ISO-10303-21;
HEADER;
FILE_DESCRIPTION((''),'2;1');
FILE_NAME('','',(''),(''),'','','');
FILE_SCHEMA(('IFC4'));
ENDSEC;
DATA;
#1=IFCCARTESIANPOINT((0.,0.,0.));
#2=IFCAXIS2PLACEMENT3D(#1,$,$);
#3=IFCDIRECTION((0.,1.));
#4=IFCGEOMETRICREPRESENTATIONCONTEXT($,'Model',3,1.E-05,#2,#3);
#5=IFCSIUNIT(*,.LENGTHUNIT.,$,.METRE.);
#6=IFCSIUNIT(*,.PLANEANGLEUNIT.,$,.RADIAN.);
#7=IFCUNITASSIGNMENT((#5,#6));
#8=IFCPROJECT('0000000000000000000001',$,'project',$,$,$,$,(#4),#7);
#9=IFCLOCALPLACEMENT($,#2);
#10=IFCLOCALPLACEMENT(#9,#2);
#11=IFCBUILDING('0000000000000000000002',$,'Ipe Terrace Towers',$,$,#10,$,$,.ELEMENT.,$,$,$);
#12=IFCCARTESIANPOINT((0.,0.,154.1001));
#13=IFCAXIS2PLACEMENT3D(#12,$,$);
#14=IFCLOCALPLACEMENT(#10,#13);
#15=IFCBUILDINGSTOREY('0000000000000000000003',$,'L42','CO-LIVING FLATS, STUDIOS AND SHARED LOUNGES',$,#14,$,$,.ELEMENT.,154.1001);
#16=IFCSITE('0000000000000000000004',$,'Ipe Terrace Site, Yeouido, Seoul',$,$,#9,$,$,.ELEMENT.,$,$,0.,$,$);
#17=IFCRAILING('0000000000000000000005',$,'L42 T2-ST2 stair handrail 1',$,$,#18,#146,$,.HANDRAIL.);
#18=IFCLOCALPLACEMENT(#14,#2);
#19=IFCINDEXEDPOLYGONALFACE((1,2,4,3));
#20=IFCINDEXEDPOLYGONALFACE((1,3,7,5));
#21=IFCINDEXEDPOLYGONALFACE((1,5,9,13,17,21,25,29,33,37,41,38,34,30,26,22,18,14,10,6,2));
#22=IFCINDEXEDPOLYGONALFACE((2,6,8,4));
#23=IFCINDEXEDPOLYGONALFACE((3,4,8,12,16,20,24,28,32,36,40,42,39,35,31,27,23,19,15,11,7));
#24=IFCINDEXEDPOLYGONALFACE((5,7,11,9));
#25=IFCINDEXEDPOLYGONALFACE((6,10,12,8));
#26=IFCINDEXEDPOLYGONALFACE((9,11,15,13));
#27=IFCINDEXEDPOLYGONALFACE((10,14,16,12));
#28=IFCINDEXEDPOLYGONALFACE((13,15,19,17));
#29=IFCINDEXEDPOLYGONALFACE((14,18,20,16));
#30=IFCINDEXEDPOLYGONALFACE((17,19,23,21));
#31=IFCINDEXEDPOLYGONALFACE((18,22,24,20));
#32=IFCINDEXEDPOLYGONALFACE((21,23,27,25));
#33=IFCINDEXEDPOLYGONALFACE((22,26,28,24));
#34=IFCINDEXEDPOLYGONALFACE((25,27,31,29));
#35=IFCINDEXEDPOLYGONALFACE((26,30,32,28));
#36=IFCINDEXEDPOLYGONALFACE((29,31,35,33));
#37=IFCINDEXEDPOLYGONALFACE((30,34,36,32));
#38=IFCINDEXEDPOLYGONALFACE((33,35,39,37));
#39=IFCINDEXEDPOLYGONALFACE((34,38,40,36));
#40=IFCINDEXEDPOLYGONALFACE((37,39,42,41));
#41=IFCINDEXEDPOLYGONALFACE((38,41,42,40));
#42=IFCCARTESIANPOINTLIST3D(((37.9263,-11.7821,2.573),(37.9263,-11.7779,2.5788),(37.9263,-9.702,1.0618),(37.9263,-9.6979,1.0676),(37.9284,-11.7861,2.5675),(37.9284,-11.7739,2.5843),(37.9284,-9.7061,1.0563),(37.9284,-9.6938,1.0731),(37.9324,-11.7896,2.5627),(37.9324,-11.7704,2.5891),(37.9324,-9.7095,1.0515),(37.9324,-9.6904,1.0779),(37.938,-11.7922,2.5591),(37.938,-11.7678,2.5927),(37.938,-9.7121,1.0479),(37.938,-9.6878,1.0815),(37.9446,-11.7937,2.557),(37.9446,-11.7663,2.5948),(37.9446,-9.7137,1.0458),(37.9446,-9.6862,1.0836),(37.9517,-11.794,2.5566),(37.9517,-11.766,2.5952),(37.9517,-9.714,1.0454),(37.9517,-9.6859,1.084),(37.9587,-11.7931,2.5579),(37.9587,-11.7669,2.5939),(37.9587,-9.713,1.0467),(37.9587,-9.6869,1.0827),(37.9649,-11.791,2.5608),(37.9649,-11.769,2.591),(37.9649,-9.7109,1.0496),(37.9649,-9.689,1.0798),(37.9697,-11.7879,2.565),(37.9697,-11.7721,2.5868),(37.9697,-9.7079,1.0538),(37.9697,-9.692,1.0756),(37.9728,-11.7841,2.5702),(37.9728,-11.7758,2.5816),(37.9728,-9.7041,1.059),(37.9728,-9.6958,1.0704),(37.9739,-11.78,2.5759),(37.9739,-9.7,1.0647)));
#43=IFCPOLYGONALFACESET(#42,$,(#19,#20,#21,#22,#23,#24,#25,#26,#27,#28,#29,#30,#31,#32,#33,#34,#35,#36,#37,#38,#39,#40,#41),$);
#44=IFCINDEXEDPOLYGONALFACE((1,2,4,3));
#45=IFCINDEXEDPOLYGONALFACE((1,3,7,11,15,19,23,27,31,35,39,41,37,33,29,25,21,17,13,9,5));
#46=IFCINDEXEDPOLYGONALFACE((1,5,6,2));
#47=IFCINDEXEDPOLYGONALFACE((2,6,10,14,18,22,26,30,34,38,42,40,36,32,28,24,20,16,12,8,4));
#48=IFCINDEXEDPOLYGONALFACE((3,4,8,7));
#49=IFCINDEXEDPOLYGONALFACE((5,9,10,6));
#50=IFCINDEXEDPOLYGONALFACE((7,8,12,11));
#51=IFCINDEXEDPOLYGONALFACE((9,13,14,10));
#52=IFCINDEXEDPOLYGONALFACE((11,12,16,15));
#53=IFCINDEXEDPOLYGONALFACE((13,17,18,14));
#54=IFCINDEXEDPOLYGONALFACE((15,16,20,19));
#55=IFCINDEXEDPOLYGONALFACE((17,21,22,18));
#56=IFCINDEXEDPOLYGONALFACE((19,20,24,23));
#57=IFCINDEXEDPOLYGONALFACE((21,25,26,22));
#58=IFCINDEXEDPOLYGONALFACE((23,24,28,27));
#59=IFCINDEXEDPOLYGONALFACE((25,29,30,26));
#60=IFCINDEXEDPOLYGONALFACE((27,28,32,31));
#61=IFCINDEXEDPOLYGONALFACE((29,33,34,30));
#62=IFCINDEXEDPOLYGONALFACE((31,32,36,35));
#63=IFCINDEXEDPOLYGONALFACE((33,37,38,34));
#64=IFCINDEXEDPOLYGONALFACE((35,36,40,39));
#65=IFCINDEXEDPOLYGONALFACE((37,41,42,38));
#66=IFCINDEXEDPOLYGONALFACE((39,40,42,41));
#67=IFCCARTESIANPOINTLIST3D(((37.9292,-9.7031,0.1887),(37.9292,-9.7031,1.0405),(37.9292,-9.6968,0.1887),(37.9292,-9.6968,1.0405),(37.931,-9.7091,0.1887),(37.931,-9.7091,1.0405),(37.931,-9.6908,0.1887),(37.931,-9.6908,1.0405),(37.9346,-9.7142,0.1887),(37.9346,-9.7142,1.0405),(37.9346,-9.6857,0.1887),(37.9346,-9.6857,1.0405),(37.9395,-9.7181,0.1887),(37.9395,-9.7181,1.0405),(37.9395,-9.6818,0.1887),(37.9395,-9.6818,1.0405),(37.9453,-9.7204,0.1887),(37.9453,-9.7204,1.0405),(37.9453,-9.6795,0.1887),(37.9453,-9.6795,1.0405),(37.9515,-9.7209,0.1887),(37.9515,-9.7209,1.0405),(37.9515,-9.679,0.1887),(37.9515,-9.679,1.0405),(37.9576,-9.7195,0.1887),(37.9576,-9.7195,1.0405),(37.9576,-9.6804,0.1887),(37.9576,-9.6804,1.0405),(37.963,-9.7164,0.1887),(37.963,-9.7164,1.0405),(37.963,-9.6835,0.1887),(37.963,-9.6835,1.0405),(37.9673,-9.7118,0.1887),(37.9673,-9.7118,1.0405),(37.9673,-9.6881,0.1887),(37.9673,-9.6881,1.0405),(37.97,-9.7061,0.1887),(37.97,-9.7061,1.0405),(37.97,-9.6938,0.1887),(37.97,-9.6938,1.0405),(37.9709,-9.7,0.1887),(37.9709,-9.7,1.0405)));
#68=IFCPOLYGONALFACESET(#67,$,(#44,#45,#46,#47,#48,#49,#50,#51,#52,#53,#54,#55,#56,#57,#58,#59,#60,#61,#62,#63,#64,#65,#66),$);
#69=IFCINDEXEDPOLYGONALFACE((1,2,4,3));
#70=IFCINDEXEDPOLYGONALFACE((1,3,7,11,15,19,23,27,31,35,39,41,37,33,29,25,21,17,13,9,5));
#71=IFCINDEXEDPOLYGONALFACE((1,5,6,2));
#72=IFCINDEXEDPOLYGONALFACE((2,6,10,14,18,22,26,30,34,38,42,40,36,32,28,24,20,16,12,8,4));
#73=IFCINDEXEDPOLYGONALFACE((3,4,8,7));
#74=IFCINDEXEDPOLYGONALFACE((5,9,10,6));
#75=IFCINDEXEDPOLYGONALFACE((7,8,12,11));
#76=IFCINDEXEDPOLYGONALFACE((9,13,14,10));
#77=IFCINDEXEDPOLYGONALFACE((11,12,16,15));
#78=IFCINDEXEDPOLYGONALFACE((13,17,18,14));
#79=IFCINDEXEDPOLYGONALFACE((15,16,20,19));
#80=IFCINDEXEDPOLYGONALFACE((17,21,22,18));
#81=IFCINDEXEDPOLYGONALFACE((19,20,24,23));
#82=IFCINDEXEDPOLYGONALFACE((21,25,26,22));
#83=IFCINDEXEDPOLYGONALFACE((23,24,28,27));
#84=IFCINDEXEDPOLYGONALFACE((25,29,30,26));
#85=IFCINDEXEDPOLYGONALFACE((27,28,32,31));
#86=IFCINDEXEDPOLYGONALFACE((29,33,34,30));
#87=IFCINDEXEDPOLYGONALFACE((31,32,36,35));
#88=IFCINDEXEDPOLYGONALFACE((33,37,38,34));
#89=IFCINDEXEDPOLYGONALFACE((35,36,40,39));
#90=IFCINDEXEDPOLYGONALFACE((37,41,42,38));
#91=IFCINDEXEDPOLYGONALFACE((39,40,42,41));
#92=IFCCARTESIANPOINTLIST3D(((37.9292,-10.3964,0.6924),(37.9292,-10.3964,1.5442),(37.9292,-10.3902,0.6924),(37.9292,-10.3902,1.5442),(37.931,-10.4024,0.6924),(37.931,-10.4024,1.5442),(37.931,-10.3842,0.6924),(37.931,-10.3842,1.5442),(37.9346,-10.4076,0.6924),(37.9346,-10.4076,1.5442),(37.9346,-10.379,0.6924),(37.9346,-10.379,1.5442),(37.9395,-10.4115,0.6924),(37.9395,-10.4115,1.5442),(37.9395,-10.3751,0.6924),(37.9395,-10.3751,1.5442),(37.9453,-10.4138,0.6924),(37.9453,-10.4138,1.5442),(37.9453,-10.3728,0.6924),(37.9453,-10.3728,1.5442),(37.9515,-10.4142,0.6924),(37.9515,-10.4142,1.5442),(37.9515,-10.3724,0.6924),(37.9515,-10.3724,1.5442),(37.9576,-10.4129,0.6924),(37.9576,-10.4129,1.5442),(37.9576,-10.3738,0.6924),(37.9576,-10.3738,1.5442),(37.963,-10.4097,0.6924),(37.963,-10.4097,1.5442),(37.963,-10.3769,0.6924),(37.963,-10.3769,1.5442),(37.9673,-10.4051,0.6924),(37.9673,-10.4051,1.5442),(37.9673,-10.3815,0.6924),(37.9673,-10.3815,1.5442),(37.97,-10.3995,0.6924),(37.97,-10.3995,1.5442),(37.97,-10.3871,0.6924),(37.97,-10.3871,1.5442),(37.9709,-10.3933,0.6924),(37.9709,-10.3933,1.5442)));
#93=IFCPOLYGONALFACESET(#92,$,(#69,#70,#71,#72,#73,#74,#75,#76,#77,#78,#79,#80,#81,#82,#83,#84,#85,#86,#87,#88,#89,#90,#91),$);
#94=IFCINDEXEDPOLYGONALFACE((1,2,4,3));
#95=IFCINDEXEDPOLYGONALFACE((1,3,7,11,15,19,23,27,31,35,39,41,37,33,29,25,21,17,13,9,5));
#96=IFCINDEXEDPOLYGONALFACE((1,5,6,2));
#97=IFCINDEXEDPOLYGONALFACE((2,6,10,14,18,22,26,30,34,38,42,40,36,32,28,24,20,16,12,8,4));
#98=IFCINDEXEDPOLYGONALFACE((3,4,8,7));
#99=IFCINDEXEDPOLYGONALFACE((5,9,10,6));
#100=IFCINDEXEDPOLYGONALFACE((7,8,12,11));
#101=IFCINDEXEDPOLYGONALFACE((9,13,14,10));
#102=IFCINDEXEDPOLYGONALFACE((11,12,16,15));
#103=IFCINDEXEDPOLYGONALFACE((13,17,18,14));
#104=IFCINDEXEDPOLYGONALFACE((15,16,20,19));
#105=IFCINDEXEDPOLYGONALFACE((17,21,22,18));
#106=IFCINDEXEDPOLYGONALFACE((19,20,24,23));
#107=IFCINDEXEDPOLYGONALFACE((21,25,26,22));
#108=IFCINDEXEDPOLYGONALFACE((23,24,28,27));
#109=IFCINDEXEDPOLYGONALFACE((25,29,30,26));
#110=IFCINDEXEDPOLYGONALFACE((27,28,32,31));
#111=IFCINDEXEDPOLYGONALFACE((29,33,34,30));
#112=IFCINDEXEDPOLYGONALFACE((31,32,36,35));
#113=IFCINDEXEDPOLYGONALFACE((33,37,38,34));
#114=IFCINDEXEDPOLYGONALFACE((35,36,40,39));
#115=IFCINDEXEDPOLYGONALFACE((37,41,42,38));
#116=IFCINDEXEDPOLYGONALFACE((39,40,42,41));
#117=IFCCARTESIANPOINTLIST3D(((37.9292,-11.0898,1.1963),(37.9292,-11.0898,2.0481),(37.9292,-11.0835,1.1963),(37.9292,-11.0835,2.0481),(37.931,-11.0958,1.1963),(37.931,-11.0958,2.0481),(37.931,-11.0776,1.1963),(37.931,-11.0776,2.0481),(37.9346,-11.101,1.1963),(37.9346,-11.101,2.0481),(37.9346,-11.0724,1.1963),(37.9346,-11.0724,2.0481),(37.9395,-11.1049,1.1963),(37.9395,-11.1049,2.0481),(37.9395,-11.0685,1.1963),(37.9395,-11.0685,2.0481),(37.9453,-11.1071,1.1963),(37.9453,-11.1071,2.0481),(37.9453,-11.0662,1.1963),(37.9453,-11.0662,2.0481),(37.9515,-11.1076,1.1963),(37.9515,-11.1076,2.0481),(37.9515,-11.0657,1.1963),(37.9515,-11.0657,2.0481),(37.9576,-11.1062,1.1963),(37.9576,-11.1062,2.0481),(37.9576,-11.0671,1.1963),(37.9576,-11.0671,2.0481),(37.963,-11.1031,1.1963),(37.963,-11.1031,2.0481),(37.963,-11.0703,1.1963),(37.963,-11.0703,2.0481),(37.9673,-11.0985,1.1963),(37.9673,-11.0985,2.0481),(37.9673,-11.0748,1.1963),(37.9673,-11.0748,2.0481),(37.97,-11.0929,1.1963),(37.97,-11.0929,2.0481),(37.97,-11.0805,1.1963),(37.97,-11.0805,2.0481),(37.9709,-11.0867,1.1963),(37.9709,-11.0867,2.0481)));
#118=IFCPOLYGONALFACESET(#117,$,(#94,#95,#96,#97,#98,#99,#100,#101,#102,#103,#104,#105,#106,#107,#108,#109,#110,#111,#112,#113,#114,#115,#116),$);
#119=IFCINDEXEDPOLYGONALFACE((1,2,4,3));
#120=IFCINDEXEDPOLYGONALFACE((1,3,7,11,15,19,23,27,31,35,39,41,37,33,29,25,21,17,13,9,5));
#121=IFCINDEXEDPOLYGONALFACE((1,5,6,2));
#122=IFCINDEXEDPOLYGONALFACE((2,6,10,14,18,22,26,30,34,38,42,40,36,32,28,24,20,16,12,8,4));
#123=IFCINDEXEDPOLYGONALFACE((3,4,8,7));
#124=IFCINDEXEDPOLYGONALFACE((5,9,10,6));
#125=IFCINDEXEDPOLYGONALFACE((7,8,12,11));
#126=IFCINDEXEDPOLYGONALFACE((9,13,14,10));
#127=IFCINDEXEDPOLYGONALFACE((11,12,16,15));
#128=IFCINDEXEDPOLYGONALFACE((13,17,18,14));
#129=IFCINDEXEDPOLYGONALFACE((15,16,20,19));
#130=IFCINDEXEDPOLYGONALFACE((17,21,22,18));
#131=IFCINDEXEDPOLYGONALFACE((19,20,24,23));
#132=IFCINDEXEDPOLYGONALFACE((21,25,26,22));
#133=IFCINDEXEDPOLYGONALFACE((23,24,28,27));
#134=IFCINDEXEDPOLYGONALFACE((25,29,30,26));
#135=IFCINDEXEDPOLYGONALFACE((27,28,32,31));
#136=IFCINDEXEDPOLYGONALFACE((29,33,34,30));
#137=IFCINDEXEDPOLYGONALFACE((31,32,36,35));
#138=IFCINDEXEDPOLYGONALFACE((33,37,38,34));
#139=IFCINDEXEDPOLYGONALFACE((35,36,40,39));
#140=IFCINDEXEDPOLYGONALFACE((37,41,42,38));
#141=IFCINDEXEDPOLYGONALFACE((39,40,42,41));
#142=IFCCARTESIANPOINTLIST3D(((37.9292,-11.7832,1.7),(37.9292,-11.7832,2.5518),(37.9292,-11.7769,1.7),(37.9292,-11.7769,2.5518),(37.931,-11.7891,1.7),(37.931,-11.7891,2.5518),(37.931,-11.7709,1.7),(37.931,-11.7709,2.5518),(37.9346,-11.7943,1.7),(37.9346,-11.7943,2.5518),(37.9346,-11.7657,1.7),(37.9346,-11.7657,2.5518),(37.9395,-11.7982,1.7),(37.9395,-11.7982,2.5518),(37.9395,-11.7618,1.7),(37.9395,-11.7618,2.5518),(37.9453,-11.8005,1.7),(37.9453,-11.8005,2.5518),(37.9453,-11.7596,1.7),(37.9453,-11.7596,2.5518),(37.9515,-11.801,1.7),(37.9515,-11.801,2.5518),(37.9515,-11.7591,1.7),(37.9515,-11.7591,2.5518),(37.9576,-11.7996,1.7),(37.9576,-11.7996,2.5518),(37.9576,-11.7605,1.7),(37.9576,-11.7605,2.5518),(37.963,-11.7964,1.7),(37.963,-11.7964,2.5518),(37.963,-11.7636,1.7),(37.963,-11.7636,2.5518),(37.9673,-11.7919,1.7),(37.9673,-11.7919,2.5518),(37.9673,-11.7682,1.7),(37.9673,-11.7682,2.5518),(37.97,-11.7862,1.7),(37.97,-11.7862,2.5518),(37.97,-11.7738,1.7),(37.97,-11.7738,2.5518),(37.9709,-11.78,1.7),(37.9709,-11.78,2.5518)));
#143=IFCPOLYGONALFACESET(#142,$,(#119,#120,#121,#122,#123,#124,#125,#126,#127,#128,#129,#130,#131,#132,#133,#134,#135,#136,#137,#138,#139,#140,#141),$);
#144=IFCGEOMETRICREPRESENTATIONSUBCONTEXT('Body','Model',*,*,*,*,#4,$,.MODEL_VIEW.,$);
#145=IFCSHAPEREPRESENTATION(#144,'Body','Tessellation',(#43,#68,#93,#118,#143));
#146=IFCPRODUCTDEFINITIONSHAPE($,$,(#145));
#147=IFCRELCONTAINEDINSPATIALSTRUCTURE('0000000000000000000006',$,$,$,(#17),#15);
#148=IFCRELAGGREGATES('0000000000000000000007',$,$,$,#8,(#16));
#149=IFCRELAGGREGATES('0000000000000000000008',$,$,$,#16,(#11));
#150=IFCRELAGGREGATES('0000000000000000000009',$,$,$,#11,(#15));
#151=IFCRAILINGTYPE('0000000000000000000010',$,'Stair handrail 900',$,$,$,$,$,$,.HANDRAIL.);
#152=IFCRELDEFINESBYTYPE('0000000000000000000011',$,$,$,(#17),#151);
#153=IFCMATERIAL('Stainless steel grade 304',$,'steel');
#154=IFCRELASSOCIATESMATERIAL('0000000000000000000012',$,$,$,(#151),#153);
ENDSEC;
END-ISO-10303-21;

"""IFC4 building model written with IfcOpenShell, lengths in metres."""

from ifc_helpers import new_model, si_unit, direction, frame, origin, origin_2d, place, context, subcontext, project, spatial, circle, extrude, material, type_object, element, save


model = new_model("IFC4")

# Units and contexts
model_context = context("Model", 3, precision=1e-05, world=origin(), true_north=direction((0.0, 1.0)))
body_context = subcontext(model_context, "Body", "Model", "MODEL_VIEW")
ifc_project = project(units=[si_unit("LENGTHUNIT", "METRE"), si_unit("PLANEANGLEUNIT", "RADIAN")], contexts=[model_context])

# Site, building, storey
site_placement = place(None, origin())
site = spatial("IfcSite", under=ifc_project, at=site_placement, Name="Ipe Terrace Site, Yeouido, Seoul", CompositionType="ELEMENT", RefElevation=0.0)
building_placement = place(site_placement, origin())
building = spatial("IfcBuilding", under=site, at=building_placement, Name="Ipe Terrace Towers", CompositionType="ELEMENT")
storey_placement = place(building_placement, frame((0.0, 0.0, 154.1001)))
storey = spatial("IfcBuildingStorey", under=building, at=storey_placement, Name="L42", Description="CO-LIVING FLATS, STUDIOS AND SHARED LOUNGES", CompositionType="ELEMENT", Elevation=154.1001)

# Railing
ifc_material_1 = material(Name="Stainless steel grade 304", Category="steel")
railing_type_1 = type_object("IfcRailingType", Name="Stair handrail 900", PredefinedType="HANDRAIL", material=ifc_material_1)
railing_1_placement = place(storey_placement, frame((37.95, -9.7, 0.1887)))
element("IfcRailing", 1, at=railing_1_placement, inside=storey, type_object=railing_type_1, Name="L42 T2-ST2 stair handrail 1", PredefinedType="HANDRAIL", context=body_context, shape_type="SweptSolid", body=[
    extrude(circle(Radius=0.0239, at=origin_2d()), frame((0.0, 0.0, 0.876), z_axis=(0.0, -0.809023, 0.587776), x_axis=(1.0, 0.0, 0.0)), (0.0, 0.0, 1.0), 2.571),
    extrude(circle(Radius=0.021, at=origin_2d()), origin(), (0.0, 0.0, 1.0), 0.8518),
    extrude(circle(Radius=0.021, at=origin_2d()), frame((0.0, -0.6934, 0.5037)), (0.0, 0.0, 1.0), 0.8518),
    extrude(circle(Radius=0.021, at=origin_2d()), frame((0.0, -1.3867, 1.0076)), (0.0, 0.0, 1.0), 0.8518),
    extrude(circle(Radius=0.021, at=origin_2d()), frame((0.0, -2.0801, 1.5112)), (0.0, 0.0, 1.0), 0.8518),
])

save(model, "model.ifc")
